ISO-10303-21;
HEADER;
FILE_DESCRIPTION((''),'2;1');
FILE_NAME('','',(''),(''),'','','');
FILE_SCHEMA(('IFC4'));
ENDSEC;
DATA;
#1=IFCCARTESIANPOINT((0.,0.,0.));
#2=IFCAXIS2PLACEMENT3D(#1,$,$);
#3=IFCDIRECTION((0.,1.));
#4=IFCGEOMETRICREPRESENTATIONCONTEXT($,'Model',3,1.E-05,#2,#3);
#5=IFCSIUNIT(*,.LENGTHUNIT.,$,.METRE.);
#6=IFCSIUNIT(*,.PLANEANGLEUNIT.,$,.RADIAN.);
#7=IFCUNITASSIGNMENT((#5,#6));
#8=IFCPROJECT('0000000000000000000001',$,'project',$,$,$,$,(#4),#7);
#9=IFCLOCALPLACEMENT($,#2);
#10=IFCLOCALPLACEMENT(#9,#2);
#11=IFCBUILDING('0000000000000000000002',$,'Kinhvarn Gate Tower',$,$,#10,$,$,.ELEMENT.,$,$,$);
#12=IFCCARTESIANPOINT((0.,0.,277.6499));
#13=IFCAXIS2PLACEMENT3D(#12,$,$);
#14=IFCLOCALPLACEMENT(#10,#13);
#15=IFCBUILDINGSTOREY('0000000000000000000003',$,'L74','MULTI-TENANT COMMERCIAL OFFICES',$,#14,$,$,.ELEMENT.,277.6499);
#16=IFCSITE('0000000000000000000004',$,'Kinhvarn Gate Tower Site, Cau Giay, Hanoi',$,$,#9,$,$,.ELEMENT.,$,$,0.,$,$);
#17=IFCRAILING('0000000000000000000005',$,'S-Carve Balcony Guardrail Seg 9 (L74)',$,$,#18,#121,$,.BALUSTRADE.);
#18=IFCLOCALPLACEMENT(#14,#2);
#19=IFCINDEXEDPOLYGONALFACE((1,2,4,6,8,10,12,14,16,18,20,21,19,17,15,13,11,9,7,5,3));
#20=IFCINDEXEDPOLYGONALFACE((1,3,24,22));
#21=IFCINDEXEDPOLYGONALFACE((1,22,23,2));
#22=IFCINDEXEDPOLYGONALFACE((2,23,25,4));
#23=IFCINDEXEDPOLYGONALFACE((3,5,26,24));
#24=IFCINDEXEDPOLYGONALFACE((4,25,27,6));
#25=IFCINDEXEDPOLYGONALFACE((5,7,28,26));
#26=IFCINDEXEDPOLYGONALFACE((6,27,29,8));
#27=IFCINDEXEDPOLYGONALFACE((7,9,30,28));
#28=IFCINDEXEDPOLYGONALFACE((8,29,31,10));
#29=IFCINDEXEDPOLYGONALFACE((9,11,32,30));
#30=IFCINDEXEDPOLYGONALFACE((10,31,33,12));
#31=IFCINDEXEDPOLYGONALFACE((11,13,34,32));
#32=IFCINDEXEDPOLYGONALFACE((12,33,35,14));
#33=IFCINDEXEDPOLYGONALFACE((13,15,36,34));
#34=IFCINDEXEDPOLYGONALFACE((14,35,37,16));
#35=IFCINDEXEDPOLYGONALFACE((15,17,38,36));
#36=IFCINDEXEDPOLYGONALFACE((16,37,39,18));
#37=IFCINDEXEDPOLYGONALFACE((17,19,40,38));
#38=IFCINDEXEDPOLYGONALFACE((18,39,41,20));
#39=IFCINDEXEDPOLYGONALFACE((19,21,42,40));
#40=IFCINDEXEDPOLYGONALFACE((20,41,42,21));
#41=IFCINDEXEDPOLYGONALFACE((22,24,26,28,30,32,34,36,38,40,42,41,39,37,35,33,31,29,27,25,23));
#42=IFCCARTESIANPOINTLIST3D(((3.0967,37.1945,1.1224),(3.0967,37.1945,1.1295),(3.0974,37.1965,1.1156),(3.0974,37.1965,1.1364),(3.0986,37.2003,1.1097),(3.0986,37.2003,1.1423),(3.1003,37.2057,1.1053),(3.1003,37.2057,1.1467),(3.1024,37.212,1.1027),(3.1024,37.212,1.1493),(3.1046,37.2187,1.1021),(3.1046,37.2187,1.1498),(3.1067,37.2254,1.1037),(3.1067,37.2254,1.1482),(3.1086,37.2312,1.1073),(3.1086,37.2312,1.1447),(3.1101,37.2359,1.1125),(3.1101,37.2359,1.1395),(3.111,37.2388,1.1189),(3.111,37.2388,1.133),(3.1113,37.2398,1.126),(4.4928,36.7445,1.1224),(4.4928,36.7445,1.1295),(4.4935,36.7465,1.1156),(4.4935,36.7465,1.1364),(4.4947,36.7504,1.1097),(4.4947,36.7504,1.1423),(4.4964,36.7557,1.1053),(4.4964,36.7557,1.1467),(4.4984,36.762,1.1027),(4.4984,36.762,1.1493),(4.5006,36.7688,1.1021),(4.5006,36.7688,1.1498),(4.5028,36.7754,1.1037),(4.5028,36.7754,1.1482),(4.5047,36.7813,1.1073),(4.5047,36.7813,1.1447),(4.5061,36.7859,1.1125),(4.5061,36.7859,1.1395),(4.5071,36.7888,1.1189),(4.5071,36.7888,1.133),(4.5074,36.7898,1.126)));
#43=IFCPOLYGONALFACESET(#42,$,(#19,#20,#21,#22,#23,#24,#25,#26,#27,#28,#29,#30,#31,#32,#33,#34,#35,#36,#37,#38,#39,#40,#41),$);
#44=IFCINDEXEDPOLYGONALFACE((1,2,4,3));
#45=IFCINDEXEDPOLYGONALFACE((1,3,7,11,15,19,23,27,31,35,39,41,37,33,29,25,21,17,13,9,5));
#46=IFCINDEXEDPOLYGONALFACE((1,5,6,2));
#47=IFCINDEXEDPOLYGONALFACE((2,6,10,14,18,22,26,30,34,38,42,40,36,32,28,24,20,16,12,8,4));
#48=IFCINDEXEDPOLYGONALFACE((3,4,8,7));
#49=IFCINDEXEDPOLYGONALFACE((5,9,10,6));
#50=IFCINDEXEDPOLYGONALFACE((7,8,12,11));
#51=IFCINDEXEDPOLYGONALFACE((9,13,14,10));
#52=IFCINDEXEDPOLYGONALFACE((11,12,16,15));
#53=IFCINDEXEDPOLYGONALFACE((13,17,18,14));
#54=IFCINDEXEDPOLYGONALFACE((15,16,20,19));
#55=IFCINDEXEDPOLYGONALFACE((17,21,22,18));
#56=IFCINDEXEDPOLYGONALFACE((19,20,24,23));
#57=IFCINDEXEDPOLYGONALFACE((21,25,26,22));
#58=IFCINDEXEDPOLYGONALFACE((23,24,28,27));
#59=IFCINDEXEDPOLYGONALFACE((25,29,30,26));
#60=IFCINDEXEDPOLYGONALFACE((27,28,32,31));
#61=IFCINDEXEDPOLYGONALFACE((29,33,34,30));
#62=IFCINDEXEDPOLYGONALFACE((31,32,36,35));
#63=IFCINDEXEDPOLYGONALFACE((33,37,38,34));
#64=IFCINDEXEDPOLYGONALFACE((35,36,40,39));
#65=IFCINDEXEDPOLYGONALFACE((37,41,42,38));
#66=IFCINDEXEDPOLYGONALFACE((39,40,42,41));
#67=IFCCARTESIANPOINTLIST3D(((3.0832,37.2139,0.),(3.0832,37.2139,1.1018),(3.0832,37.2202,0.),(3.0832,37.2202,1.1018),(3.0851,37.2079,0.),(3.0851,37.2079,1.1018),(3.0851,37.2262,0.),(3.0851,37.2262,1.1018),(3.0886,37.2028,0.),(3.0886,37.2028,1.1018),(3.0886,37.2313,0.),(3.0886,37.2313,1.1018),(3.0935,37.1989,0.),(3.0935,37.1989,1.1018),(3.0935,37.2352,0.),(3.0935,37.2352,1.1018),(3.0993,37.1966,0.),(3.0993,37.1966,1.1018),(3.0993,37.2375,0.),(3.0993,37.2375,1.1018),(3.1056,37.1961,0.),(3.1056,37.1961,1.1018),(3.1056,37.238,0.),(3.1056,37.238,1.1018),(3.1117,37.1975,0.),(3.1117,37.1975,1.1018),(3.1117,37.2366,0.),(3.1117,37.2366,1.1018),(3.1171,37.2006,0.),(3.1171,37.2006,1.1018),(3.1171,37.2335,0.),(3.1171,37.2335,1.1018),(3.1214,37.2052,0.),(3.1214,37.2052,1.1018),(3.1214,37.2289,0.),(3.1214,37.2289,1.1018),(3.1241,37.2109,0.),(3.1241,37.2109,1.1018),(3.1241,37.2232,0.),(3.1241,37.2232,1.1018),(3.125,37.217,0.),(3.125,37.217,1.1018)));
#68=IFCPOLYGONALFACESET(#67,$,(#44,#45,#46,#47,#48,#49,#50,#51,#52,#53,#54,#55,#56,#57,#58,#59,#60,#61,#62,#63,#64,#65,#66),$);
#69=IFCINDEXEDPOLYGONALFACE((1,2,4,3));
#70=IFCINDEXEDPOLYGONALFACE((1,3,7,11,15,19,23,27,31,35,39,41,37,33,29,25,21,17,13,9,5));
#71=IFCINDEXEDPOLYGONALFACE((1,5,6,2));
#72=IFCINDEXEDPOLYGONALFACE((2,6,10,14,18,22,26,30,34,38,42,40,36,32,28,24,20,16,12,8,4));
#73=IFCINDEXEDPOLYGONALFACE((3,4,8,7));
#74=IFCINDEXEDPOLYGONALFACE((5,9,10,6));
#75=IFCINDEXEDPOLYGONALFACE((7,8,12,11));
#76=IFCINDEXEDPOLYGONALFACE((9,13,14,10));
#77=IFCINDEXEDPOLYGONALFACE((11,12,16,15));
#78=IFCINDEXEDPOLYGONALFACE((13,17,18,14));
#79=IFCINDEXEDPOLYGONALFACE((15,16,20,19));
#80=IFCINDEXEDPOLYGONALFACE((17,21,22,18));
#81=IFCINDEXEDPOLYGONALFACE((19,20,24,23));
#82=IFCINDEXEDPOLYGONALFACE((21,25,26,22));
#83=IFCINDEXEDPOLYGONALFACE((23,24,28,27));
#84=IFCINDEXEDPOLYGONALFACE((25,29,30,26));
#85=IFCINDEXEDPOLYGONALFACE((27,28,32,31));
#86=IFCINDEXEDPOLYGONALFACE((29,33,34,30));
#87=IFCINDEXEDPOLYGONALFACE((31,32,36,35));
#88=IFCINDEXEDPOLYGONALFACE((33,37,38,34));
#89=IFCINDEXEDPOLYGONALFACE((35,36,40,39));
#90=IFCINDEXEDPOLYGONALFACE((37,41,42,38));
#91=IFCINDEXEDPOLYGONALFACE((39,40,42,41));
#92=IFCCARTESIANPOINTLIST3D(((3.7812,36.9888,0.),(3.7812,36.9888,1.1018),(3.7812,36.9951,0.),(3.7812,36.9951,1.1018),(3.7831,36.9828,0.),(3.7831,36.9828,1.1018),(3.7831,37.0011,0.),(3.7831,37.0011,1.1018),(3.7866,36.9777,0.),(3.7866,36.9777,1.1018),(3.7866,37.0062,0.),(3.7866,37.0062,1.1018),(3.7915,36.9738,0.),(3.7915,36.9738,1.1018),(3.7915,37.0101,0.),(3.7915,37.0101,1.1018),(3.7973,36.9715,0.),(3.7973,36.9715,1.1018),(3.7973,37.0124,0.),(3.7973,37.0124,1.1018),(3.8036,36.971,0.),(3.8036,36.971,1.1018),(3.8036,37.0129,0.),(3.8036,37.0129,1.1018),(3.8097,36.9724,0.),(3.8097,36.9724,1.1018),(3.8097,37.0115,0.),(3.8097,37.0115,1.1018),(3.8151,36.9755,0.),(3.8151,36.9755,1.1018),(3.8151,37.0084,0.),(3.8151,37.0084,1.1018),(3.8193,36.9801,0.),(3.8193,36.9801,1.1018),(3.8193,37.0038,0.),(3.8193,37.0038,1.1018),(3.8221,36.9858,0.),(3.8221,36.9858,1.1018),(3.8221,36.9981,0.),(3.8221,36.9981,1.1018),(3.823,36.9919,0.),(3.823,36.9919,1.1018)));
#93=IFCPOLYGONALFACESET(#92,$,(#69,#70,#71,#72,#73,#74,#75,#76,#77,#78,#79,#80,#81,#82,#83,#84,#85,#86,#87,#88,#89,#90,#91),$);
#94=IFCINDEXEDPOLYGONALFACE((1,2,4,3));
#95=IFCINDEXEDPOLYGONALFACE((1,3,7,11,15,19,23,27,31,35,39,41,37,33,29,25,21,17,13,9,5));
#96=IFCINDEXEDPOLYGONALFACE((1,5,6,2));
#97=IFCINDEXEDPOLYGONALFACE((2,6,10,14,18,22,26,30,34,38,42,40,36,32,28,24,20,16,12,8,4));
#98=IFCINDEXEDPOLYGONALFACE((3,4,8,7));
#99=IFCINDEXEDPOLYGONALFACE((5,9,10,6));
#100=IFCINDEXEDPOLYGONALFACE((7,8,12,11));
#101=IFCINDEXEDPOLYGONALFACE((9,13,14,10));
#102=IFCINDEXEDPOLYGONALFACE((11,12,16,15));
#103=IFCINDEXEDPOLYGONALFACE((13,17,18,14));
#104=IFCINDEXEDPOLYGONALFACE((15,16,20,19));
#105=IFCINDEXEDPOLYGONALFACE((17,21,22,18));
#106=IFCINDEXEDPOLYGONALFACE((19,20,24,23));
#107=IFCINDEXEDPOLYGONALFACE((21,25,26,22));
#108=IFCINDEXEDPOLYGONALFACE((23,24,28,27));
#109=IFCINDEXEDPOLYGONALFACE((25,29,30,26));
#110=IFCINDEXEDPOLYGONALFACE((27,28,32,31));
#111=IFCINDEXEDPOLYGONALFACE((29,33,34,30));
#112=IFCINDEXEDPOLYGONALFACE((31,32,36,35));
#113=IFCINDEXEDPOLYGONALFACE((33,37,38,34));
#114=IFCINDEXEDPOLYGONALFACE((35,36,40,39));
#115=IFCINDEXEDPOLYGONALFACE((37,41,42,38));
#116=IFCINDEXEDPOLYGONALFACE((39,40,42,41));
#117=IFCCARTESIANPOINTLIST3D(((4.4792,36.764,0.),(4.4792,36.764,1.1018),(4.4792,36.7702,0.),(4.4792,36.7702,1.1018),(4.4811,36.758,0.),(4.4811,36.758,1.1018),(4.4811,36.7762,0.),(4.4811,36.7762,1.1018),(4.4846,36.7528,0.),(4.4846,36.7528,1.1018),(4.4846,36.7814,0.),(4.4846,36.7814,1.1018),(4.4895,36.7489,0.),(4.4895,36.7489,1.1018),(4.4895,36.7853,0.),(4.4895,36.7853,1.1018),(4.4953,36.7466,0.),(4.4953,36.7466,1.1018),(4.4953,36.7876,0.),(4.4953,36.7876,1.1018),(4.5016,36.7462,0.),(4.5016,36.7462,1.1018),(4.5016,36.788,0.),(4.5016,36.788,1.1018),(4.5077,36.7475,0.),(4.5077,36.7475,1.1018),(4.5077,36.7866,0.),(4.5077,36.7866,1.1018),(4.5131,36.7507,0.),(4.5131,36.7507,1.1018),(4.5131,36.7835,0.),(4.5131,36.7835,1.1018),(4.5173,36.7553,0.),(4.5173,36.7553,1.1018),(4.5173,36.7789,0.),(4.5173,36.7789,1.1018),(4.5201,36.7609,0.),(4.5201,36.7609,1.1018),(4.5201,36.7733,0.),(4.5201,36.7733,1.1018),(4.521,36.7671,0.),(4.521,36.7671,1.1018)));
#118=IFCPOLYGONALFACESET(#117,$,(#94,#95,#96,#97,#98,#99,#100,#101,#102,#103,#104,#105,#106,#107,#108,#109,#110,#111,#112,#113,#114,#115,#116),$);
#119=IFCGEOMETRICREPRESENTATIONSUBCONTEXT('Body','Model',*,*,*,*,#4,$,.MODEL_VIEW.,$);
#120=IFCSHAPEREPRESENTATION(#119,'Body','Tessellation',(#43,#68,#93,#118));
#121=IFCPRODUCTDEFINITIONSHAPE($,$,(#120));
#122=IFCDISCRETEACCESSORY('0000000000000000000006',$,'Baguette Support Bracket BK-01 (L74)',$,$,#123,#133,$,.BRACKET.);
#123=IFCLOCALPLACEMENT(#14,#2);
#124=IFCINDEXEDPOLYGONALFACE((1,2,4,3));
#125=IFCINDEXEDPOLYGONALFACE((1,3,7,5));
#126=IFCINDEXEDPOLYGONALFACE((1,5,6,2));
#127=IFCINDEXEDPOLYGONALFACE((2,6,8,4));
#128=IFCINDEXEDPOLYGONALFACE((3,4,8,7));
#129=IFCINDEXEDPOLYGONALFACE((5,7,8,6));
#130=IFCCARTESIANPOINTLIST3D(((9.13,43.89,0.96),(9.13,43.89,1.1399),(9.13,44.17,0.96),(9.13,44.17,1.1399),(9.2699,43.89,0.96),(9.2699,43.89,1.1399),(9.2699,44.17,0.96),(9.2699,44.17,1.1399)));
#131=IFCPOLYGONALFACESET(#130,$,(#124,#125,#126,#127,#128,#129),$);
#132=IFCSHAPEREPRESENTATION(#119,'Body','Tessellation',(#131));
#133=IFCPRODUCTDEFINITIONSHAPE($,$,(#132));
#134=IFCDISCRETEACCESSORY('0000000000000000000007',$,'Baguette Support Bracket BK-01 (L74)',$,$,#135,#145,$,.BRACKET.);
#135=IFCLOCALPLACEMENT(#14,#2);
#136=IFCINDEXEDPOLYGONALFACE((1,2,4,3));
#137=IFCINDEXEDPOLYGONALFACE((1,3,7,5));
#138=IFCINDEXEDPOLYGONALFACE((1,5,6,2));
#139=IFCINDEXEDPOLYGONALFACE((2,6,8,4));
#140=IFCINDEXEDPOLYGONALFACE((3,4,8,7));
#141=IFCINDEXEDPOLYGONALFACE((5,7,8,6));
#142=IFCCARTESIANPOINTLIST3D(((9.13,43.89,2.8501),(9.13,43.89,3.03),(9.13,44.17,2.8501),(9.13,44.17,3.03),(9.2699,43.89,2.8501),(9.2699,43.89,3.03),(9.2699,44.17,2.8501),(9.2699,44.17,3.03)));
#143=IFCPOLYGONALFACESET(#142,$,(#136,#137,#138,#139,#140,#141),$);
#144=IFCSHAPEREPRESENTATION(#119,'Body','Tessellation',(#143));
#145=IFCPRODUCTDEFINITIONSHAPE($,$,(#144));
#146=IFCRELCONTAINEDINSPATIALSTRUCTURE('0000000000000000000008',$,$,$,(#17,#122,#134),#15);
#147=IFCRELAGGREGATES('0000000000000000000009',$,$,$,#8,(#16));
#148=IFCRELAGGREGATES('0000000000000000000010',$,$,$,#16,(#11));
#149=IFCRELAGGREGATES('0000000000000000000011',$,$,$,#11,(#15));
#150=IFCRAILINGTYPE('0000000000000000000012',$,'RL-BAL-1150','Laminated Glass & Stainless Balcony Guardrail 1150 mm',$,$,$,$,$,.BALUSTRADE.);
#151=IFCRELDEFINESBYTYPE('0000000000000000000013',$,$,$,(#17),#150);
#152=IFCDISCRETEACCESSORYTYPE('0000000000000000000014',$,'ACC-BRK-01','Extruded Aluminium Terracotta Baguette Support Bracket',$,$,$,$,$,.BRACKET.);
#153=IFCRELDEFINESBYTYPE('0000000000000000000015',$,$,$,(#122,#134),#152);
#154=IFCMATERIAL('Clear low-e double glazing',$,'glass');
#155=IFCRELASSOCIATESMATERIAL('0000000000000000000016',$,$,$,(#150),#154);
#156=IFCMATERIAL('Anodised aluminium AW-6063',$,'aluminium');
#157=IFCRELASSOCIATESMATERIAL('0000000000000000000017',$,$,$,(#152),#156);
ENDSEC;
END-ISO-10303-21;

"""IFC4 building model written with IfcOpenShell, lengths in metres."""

from ifc_helpers import new_model, si_unit, direction, frame, origin, origin_2d, place, context, subcontext, project, spatial, rectangle, circle, extrude, material, type_object, element, save


model = new_model("IFC4")

# Units and contexts
model_context = context("Model", 3, precision=1e-05, world=origin(), true_north=direction((0.0, 1.0)))
body_context = subcontext(model_context, "Body", "Model", "MODEL_VIEW")
ifc_project = project(units=[si_unit("LENGTHUNIT", "METRE"), si_unit("PLANEANGLEUNIT", "RADIAN")], contexts=[model_context])

# Site, building, storey
site_placement = place(None, origin())
site = spatial("IfcSite", under=ifc_project, at=site_placement, Name="Kinhvarn Gate Tower Site, Cau Giay, Hanoi", CompositionType="ELEMENT", RefElevation=0.0)
building_placement = place(site_placement, origin())
building = spatial("IfcBuilding", under=site, at=building_placement, Name="Kinhvarn Gate Tower", CompositionType="ELEMENT")
storey_placement = place(building_placement, frame((0.0, 0.0, 277.6499)))
storey = spatial("IfcBuildingStorey", under=building, at=storey_placement, Name="L74", Description="MULTI-TENANT COMMERCIAL OFFICES", CompositionType="ELEMENT", Elevation=277.6499)

# Shared definitions
ifc_material_1 = material(Name="Anodised aluminium AW-6063", Category="aluminium")

# Shared definitions
ifc_material_2 = material(Name="Clear low-e double glazing", Category="glass")

# Railing
railing_type = type_object("IfcRailingType", Name="RL-BAL-1150", Description="Laminated Glass & Stainless Balcony Guardrail 1150 mm", PredefinedType="BALUSTRADE", material=ifc_material_2)
railing_1_placement = place(storey_placement, frame((3.104, 37.217, 0.0)))
element("IfcRailing", 1, at=railing_1_placement, inside=storey, type_object=railing_type, Name="S-Carve Balcony Guardrail Seg 9 (L74)", PredefinedType="BALUSTRADE", context=body_context, shape_type="SweptSolid", body=[
    extrude(circle(Radius=0.0239, at=origin_2d()), frame((0.0, 0.0, 1.126), z_axis=(0.951782, -0.306774, 0.0), x_axis=(0.306774, 0.951782, 0.0)), (0.0, 0.0, 1.0), 1.4668),
    extrude(circle(Radius=0.021, at=origin_2d()), origin(), (0.0, 0.0, 1.0), 1.1018),
    extrude(circle(Radius=0.021, at=origin_2d()), frame((0.698, -0.2251, 0.0)), (0.0, 0.0, 1.0), 1.1018),
    extrude(circle(Radius=0.021, at=origin_2d()), frame((1.396, -0.45, 0.0)), (0.0, 0.0, 1.0), 1.1018),
])

# Discrete accessories
discrete_accessory_type = type_object("IfcDiscreteAccessoryType", Name="ACC-BRK-01", Description="Extruded Aluminium Terracotta Baguette Support Bracket", PredefinedType="BRACKET", material=ifc_material_1)
for number, where, z_axis, x_axis, name in (
    (2, (9.2, 44.03, 0.96), (0.0, 0.0, 1.0), (-1.0, 0.0, 0.0), "Baguette Support Bracket BK-01 (L74)"),
    (3, (9.2, 44.03, 2.8501), (0.0, 0.0, 1.0), (-1.0, 0.0, 0.0), "Baguette Support Bracket BK-01 (L74)"),
):
    element("IfcDiscreteAccessory", number, at=place(storey_placement, frame(where, z_axis=z_axis, x_axis=x_axis)), inside=storey, type_object=discrete_accessory_type, Name=name, PredefinedType="BRACKET", context=body_context, shape_type="SweptSolid", body=[
        extrude(rectangle(XDim=0.1399, YDim=0.28, at=origin_2d()), origin(), (0.0, 0.0, 1.0), 0.1799),
    ])

save(model, "model.ifc")
